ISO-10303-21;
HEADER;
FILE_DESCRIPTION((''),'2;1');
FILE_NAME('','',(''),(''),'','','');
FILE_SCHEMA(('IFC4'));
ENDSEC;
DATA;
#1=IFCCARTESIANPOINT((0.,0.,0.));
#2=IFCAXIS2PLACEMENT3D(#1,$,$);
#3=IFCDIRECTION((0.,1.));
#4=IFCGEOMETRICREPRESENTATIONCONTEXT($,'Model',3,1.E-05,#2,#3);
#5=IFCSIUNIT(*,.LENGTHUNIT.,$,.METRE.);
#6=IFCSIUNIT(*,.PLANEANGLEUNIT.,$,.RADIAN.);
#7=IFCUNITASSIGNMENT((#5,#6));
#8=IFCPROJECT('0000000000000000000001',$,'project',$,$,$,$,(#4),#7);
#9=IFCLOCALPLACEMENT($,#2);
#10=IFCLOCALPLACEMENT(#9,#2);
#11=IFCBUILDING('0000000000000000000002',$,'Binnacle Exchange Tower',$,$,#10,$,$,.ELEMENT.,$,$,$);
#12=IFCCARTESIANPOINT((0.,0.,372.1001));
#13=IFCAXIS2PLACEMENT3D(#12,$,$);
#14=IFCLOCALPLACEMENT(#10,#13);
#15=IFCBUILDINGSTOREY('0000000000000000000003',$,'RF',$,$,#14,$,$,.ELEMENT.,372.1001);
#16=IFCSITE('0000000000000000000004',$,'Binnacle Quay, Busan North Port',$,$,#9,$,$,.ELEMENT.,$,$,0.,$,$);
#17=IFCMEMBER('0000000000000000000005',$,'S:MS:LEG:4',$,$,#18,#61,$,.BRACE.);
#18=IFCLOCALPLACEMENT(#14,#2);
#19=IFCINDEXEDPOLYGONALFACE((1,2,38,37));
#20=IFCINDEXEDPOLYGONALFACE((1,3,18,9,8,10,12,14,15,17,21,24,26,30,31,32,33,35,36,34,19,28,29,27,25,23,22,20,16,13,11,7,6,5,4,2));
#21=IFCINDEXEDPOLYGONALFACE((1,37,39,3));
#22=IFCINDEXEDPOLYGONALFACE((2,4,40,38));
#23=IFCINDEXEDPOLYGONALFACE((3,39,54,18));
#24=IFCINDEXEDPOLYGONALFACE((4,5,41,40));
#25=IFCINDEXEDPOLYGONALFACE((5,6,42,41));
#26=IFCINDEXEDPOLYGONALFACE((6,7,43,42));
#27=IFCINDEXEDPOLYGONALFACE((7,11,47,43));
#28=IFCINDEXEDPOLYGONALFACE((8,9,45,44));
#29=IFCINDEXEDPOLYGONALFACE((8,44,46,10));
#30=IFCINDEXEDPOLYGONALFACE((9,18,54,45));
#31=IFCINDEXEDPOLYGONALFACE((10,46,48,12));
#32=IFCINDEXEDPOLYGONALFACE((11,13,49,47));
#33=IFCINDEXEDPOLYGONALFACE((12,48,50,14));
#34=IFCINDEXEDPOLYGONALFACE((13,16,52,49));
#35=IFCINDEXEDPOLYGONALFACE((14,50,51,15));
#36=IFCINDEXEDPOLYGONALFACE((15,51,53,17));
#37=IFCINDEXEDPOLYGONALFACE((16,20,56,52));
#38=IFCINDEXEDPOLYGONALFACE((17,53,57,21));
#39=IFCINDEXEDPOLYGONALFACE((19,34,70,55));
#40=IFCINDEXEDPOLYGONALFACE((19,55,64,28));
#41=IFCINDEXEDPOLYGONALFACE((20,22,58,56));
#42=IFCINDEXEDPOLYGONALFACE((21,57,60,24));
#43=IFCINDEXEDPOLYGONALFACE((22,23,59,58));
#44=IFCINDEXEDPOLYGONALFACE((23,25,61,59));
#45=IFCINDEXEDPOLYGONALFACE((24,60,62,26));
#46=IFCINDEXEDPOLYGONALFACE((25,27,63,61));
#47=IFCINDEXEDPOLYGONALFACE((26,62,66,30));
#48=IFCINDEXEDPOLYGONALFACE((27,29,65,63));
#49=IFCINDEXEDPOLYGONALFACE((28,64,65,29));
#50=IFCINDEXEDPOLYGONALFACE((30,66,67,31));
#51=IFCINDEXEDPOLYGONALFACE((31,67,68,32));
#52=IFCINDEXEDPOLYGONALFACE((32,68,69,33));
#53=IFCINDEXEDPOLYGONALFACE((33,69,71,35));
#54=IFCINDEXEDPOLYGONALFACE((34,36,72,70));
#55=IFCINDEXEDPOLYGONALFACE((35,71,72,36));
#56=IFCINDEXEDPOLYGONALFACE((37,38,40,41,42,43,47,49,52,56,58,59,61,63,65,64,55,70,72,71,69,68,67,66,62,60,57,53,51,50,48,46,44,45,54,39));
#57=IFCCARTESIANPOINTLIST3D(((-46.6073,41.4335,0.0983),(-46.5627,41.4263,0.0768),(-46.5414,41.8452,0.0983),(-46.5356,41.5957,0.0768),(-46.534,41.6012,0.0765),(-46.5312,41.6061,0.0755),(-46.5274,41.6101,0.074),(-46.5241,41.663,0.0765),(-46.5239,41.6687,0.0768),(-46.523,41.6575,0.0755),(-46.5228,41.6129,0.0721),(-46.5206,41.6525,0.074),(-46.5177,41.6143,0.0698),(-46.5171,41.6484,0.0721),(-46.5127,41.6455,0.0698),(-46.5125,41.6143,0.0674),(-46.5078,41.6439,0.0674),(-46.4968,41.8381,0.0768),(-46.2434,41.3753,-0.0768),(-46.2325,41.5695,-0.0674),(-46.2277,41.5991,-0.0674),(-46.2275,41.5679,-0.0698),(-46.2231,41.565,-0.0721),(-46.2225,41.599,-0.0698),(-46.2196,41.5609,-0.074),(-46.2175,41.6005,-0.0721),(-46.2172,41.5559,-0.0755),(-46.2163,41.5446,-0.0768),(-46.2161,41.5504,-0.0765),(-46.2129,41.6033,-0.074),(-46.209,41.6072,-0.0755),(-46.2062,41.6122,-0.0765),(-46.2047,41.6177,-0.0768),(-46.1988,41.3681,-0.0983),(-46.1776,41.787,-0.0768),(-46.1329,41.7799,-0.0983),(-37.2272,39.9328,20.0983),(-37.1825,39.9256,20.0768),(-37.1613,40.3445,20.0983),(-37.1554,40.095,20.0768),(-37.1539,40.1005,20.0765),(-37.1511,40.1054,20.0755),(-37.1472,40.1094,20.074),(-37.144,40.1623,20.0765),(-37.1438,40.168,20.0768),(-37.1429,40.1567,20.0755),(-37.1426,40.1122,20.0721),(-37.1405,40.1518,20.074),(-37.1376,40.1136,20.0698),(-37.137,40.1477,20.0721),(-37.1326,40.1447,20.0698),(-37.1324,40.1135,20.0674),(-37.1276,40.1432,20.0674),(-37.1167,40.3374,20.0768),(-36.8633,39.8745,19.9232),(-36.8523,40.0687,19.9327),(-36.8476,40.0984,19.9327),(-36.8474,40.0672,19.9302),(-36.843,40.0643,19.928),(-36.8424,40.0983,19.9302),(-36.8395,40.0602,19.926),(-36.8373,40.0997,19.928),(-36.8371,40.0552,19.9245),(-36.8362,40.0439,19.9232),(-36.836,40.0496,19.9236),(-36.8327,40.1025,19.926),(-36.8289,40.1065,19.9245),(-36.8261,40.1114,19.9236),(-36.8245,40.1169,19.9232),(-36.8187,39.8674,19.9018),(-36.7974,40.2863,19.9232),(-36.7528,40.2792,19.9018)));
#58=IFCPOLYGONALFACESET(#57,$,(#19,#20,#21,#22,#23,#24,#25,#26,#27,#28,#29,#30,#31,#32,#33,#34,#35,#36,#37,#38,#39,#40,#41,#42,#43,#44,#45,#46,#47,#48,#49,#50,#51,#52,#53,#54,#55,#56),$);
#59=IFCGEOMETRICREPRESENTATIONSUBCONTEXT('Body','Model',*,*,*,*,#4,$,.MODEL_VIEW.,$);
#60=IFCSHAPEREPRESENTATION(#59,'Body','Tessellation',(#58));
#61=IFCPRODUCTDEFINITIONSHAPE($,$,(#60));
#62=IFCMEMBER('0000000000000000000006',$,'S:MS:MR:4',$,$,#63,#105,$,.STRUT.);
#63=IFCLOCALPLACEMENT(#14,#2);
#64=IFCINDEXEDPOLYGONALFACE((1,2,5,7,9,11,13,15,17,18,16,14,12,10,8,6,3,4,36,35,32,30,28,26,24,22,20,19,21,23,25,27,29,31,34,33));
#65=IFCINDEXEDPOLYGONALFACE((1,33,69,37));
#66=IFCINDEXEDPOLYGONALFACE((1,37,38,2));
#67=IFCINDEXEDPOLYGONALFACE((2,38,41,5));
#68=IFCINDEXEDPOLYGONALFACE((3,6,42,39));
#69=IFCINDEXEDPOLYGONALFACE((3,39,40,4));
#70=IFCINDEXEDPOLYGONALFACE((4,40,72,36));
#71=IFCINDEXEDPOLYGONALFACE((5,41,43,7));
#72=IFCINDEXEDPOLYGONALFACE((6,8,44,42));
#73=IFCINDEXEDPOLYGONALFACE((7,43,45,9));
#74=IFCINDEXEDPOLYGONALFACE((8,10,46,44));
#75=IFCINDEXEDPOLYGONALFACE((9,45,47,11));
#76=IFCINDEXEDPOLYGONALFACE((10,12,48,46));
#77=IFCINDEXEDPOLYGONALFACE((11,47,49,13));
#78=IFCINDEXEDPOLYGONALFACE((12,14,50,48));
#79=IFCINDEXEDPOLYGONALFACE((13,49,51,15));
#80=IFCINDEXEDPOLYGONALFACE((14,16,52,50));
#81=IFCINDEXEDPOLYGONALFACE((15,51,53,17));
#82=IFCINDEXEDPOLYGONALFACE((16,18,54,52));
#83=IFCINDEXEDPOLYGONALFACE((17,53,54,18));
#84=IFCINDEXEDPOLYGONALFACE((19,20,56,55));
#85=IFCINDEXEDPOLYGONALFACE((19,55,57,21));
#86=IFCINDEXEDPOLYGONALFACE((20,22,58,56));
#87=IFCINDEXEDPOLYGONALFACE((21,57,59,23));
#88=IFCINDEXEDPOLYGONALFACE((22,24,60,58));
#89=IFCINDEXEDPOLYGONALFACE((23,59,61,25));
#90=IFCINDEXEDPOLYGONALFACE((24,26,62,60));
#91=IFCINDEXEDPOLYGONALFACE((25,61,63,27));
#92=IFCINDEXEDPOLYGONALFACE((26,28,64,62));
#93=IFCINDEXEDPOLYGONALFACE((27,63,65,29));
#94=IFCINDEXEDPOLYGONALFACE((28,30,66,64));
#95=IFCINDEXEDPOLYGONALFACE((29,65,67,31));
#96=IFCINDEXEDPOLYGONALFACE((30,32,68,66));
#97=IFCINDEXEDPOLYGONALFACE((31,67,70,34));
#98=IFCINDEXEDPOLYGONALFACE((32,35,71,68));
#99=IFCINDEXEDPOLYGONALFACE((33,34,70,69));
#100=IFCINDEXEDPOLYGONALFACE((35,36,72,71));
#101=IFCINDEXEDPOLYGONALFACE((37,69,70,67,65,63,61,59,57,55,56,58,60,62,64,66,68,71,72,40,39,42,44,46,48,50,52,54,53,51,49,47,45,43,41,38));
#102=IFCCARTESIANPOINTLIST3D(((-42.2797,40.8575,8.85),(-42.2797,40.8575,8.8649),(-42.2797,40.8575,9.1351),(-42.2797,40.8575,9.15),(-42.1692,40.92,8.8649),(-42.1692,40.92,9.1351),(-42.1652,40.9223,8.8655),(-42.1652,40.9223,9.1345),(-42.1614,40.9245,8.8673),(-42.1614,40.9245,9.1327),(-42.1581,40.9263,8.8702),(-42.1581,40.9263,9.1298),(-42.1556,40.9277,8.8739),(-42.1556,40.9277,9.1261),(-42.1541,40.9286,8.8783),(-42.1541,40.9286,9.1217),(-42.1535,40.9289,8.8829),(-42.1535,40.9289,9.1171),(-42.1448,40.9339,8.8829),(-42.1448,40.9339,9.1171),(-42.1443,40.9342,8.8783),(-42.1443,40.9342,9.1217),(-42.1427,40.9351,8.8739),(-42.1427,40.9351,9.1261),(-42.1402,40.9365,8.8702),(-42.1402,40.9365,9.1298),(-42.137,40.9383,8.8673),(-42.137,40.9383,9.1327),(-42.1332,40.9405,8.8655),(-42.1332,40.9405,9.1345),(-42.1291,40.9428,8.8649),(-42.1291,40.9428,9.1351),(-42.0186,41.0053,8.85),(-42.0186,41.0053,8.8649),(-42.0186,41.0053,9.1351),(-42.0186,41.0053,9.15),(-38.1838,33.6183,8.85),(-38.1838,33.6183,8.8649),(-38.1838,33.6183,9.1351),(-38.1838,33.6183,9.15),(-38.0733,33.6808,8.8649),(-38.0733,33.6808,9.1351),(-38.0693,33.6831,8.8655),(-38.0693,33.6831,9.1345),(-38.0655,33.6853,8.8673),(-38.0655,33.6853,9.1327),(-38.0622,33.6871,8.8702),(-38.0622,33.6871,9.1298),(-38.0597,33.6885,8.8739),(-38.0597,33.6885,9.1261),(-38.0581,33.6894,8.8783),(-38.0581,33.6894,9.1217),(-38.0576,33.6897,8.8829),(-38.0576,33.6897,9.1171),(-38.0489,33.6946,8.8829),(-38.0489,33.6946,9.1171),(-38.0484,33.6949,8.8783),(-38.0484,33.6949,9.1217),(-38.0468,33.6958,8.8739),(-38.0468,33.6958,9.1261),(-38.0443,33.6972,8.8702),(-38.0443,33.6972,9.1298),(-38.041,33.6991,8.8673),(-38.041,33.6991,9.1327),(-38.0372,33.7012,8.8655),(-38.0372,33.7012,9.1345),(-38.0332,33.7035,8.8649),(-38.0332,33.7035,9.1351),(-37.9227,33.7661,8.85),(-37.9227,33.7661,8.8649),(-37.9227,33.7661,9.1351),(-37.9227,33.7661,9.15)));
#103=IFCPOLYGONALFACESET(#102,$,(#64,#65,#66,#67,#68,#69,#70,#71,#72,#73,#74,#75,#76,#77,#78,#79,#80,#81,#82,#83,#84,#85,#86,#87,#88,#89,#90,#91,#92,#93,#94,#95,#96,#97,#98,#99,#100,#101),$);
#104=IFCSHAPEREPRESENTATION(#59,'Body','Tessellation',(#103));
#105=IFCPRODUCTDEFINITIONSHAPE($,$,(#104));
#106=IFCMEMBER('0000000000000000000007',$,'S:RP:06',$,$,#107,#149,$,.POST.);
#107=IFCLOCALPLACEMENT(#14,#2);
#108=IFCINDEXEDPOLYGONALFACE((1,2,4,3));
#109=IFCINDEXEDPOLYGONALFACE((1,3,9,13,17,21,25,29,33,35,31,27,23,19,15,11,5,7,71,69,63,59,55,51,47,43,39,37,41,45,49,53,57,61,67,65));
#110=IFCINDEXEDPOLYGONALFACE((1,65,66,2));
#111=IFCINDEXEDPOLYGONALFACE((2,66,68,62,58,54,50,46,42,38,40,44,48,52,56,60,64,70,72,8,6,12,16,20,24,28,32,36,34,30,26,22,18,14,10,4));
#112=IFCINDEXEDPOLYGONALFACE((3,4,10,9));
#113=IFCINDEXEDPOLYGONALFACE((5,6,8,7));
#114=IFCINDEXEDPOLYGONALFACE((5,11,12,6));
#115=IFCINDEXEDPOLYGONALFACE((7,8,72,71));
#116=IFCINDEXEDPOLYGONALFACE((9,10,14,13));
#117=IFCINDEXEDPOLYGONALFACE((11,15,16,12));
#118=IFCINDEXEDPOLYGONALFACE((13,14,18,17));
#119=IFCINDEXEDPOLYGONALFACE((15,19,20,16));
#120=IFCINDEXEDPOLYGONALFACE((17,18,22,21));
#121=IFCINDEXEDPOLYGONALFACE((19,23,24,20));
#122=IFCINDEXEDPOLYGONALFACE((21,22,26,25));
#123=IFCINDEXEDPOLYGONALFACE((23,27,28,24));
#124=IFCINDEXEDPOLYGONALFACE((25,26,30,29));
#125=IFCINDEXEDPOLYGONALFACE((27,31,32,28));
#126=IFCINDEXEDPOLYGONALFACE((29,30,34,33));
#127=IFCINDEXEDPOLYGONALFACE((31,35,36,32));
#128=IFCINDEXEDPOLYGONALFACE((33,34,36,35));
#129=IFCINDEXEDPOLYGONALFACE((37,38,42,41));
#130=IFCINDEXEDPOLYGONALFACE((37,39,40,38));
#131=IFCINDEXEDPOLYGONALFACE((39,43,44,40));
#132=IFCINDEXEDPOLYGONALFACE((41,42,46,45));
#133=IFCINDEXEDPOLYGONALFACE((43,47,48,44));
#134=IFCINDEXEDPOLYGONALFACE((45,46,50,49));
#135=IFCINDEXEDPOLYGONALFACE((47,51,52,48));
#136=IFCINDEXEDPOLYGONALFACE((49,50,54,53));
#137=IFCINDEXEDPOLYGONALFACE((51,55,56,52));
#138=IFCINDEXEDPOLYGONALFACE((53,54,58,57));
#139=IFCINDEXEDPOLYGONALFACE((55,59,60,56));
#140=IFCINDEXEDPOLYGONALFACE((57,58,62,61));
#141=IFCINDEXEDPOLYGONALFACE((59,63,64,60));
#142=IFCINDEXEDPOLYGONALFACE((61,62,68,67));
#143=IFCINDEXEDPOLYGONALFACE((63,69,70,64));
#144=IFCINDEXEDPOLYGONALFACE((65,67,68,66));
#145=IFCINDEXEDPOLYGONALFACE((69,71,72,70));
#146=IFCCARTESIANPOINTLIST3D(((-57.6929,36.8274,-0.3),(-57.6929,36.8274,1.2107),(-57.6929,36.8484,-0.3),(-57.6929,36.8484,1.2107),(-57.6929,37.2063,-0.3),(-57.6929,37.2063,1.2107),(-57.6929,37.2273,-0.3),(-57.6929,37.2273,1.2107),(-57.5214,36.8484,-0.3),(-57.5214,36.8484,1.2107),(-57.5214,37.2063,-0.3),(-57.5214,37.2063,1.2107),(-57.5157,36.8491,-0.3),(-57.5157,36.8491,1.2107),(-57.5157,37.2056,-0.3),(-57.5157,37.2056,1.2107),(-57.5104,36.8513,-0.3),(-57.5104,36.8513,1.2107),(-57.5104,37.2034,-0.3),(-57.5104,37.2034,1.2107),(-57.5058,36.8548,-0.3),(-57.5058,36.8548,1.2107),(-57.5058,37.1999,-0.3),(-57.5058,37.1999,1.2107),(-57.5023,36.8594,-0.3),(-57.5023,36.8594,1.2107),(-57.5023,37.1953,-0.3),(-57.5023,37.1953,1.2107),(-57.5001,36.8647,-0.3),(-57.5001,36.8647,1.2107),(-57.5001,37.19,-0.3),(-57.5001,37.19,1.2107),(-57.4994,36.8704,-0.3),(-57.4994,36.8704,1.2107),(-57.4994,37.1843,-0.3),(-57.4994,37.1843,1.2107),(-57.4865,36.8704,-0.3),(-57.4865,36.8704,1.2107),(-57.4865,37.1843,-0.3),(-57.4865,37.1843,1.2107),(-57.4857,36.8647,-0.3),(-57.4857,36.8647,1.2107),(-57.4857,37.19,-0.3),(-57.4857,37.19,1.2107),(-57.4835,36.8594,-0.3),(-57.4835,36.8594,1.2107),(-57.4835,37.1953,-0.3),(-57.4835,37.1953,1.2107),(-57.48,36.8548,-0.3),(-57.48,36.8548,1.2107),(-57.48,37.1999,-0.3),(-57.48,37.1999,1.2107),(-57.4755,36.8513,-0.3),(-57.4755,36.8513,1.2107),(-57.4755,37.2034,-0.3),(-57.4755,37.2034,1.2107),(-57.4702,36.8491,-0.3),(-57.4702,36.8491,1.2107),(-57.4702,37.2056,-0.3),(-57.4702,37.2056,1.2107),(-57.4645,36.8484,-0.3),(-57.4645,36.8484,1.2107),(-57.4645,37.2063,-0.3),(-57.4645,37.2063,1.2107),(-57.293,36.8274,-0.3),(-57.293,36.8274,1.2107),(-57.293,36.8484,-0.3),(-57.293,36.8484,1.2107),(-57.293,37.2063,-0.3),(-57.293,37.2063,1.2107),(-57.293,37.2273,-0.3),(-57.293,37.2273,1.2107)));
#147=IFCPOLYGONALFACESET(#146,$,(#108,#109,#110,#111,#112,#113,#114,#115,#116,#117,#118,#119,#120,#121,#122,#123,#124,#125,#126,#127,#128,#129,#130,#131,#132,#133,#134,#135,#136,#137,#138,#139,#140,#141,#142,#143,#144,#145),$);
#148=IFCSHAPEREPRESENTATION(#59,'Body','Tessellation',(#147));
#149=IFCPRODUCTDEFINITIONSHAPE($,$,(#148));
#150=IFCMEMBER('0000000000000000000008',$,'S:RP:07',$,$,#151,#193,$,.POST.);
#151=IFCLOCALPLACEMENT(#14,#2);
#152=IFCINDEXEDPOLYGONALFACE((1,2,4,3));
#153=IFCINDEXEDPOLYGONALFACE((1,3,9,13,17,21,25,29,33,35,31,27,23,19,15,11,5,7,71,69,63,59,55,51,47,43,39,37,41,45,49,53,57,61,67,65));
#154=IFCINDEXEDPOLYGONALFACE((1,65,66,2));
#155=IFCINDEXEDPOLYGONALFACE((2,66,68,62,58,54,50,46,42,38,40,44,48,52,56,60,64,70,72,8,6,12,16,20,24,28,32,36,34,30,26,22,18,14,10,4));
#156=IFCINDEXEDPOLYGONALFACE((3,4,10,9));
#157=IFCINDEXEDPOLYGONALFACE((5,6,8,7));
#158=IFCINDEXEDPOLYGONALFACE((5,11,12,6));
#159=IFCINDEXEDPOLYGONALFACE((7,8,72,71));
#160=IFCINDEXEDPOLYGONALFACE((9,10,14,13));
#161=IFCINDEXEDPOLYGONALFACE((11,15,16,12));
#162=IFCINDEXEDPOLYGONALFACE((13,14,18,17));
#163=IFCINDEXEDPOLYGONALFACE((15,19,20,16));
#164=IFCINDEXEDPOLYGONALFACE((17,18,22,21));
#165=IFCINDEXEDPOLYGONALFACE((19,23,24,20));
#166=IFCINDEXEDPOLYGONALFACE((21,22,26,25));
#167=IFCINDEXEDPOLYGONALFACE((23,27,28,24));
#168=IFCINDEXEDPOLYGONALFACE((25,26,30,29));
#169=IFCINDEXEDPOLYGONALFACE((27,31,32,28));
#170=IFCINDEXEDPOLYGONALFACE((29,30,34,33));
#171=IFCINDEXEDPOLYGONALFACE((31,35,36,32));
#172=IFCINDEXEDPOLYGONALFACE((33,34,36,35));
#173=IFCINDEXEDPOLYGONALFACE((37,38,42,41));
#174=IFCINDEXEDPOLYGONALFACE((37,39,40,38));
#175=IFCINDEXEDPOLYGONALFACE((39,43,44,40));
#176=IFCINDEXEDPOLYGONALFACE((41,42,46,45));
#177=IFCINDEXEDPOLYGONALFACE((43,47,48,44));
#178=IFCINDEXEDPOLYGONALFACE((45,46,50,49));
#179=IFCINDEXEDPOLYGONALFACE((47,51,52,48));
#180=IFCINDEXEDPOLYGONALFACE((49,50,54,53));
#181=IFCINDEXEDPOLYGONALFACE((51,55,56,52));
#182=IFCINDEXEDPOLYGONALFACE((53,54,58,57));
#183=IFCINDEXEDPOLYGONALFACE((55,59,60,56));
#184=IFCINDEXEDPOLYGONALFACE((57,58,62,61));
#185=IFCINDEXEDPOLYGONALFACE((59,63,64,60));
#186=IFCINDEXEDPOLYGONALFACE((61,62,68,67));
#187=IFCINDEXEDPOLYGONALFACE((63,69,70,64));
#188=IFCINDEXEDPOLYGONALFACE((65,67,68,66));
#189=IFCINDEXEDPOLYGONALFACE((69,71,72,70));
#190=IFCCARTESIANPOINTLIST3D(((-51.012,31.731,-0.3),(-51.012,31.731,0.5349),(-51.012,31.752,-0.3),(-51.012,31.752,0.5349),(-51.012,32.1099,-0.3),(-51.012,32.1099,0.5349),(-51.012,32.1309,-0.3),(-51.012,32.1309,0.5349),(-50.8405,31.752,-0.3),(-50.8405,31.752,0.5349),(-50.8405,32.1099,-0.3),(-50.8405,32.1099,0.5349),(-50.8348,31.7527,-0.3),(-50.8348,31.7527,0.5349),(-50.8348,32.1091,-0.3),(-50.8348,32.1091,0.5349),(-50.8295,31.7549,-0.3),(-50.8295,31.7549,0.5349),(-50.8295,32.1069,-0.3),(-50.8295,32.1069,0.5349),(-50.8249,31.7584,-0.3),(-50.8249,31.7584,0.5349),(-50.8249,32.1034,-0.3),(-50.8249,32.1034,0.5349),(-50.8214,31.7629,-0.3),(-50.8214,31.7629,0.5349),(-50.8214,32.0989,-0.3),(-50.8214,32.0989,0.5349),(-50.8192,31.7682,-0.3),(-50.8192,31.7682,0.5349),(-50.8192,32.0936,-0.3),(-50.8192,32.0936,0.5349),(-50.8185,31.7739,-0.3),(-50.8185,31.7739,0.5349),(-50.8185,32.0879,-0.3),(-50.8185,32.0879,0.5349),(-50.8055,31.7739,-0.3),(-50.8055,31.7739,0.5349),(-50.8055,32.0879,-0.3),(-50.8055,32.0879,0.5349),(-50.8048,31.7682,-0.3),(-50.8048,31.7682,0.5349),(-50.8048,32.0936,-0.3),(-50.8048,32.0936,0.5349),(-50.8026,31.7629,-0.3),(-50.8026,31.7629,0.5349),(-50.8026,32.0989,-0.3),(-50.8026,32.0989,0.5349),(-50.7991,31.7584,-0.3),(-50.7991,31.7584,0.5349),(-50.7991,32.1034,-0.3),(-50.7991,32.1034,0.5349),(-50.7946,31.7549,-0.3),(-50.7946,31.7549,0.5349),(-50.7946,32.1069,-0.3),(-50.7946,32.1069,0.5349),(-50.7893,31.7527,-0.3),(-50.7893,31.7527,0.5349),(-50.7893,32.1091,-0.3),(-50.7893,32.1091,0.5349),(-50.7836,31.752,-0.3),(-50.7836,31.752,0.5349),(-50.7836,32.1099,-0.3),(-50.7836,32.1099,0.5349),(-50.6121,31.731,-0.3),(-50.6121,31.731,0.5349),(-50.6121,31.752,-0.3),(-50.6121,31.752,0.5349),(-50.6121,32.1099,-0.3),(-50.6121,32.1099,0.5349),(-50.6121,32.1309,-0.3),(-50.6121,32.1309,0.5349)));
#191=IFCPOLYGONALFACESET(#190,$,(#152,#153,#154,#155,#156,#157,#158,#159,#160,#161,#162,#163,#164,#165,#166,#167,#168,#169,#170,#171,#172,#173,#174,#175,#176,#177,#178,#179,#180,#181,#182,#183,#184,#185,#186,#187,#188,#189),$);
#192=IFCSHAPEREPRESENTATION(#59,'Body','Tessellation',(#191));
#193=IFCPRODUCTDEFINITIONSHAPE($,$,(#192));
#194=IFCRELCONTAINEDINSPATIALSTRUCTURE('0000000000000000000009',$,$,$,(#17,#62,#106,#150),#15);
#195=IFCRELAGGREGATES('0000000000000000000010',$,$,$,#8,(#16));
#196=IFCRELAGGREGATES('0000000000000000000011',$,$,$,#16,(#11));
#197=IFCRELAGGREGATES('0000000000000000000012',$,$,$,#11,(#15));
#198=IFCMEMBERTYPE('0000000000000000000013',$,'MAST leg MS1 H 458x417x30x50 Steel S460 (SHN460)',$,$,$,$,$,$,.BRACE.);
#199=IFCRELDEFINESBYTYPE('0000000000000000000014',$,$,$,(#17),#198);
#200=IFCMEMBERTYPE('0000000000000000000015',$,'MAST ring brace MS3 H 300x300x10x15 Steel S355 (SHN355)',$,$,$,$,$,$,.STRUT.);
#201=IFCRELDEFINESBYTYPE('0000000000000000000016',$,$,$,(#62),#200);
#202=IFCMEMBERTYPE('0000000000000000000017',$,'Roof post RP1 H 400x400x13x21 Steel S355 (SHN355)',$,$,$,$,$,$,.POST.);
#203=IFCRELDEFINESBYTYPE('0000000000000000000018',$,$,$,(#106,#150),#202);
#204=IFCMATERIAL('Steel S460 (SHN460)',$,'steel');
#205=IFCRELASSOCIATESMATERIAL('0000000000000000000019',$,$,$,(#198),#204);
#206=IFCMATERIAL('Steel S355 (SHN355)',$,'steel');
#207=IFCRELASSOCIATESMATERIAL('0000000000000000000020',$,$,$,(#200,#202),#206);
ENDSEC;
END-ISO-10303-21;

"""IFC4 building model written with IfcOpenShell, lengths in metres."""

from ifc_helpers import new_model, si_unit, direction, frame, origin, origin_2d, place, context, subcontext, project, spatial, i_section, extrude, material, material_profile, profile_set, type_object, element, save


model = new_model("IFC4")

# Units and contexts
model_context = context("Model", 3, precision=1e-05, world=origin(), true_north=direction((0.0, 1.0)))
body_context = subcontext(model_context, "Body", "Model", "MODEL_VIEW")
ifc_project = project(units=[si_unit("LENGTHUNIT", "METRE"), si_unit("PLANEANGLEUNIT", "RADIAN")], contexts=[model_context])

# Site, building, storey
site_placement = place(None, origin())
site = spatial("IfcSite", under=ifc_project, at=site_placement, Name="Binnacle Quay, Busan North Port", CompositionType="ELEMENT", RefElevation=0.0)
building_placement = place(site_placement, origin())
building = spatial("IfcBuilding", under=site, at=building_placement, Name="Binnacle Exchange Tower", CompositionType="ELEMENT")
storey_placement = place(building_placement, frame((0.0, 0.0, 372.1001)))
storey = spatial("IfcBuildingStorey", under=building, at=storey_placement, Name="RF", CompositionType="ELEMENT", Elevation=372.1001)

# Shared definitions
ifc_material_1 = material(Name="Steel S355 (SHN355)", Category="steel")

# Members
ifc_material_2 = material(Name="Steel S460 (SHN460)", Category="steel")
ifc_material_profile_1 = material_profile(ifc_material_2, i_section(OverallWidth=0.417, OverallDepth=0.458, WebThickness=0.03, FlangeThickness=0.05, FilletRadius=0.022, at=origin_2d()), Name="H 458x417x30x50")
ifc_profile_set_1 = profile_set([ifc_material_profile_1], Name="Steel S460 (SHN460)")
member_type_1 = type_object("IfcMemberType", Name="MAST leg MS1 H 458x417x30x50 Steel S460 (SHN460)", PredefinedType="BRACE", material=ifc_profile_set_1)
member_1_placement = place(storey_placement, frame((-46.3701, 41.6067, 0.0), z_axis=(0.423648, -0.06778, 0.903288), x_axis=(0.157981, 0.987442, 0.0)))
element("IfcMember", 1, at=member_1_placement, inside=storey, type_object=member_type_1, Name="S:MS:LEG:4", PredefinedType="BRACE", context=body_context, shape_type="SweptSolid", body=[
    extrude(i_section(OverallWidth=0.417, OverallDepth=0.458, WebThickness=0.03, FlangeThickness=0.05, FilletRadius=0.022, at=origin_2d()), origin(), (0.0, 0.0, 1.0), 22.1414),
])
ifc_material_profile_2 = material_profile(ifc_material_1, i_section(OverallWidth=0.3, OverallDepth=0.3, WebThickness=0.01, FlangeThickness=0.0149, FilletRadius=0.0181, at=origin_2d()), Name="H 300x300x10x15")
ifc_profile_set_2 = profile_set([ifc_material_profile_2], Name="Steel S355 (SHN355)")
member_type_2 = type_object("IfcMemberType", Name="MAST ring brace MS3 H 300x300x10x15 Steel S355 (SHN355)", PredefinedType="STRUT", material=ifc_profile_set_2)
member_2_placement = place(storey_placement, frame((-42.1492, 40.9314, 9.0), z_axis=(0.492439, -0.870347, 0.0), x_axis=(0.870347, 0.492439, 0.0)))
element("IfcMember", 2, at=member_2_placement, inside=storey, type_object=member_type_2, Name="S:MS:MR:4", PredefinedType="STRUT", context=body_context, shape_type="SweptSolid", body=[
    extrude(i_section(OverallWidth=0.3, OverallDepth=0.3, WebThickness=0.01, FlangeThickness=0.0149, FilletRadius=0.0181, at=origin_2d()), origin(), (0.0, 0.0, 1.0), 8.3176),
])
ifc_material_profile_3 = material_profile(ifc_material_1, i_section(OverallWidth=0.3999, OverallDepth=0.3999, WebThickness=0.0129, FlangeThickness=0.021, FilletRadius=0.022, at=origin_2d()), Name="H 400x400x13x21")
ifc_profile_set_3 = profile_set([ifc_material_profile_3], Name="Steel S355 (SHN355)")
member_type_3 = type_object("IfcMemberType", Name="Roof post RP1 H 400x400x13x21 Steel S355 (SHN355)", PredefinedType="POST", material=ifc_profile_set_3)
member_3_placement = place(storey_placement, frame((-57.4929, 37.0273, -0.3), z_axis=(0.0, 0.0, 1.0), x_axis=(1.0, 0.0, 0.0)))
element("IfcMember", 3, at=member_3_placement, inside=storey, type_object=member_type_3, Name="S:RP:06", PredefinedType="POST", context=body_context, shape_type="SweptSolid", body=[
    extrude(i_section(OverallWidth=0.3999, OverallDepth=0.3999, WebThickness=0.0129, FlangeThickness=0.021, FilletRadius=0.022, at=origin_2d()), origin(), (0.0, 0.0, 1.0), 1.5107),
])
member_4_placement = place(storey_placement, frame((-50.812, 31.9309, -0.3), z_axis=(0.0, 0.0, 1.0), x_axis=(1.0, 0.0, 0.0)))
element("IfcMember", 4, at=member_4_placement, inside=storey, type_object=member_type_3, Name="S:RP:07", PredefinedType="POST", context=body_context, shape_type="SweptSolid", body=[
    extrude(i_section(OverallWidth=0.3999, OverallDepth=0.3999, WebThickness=0.0129, FlangeThickness=0.021, FilletRadius=0.022, at=origin_2d()), origin(), (0.0, 0.0, 1.0), 0.835),
])

save(model, "model.ifc")
